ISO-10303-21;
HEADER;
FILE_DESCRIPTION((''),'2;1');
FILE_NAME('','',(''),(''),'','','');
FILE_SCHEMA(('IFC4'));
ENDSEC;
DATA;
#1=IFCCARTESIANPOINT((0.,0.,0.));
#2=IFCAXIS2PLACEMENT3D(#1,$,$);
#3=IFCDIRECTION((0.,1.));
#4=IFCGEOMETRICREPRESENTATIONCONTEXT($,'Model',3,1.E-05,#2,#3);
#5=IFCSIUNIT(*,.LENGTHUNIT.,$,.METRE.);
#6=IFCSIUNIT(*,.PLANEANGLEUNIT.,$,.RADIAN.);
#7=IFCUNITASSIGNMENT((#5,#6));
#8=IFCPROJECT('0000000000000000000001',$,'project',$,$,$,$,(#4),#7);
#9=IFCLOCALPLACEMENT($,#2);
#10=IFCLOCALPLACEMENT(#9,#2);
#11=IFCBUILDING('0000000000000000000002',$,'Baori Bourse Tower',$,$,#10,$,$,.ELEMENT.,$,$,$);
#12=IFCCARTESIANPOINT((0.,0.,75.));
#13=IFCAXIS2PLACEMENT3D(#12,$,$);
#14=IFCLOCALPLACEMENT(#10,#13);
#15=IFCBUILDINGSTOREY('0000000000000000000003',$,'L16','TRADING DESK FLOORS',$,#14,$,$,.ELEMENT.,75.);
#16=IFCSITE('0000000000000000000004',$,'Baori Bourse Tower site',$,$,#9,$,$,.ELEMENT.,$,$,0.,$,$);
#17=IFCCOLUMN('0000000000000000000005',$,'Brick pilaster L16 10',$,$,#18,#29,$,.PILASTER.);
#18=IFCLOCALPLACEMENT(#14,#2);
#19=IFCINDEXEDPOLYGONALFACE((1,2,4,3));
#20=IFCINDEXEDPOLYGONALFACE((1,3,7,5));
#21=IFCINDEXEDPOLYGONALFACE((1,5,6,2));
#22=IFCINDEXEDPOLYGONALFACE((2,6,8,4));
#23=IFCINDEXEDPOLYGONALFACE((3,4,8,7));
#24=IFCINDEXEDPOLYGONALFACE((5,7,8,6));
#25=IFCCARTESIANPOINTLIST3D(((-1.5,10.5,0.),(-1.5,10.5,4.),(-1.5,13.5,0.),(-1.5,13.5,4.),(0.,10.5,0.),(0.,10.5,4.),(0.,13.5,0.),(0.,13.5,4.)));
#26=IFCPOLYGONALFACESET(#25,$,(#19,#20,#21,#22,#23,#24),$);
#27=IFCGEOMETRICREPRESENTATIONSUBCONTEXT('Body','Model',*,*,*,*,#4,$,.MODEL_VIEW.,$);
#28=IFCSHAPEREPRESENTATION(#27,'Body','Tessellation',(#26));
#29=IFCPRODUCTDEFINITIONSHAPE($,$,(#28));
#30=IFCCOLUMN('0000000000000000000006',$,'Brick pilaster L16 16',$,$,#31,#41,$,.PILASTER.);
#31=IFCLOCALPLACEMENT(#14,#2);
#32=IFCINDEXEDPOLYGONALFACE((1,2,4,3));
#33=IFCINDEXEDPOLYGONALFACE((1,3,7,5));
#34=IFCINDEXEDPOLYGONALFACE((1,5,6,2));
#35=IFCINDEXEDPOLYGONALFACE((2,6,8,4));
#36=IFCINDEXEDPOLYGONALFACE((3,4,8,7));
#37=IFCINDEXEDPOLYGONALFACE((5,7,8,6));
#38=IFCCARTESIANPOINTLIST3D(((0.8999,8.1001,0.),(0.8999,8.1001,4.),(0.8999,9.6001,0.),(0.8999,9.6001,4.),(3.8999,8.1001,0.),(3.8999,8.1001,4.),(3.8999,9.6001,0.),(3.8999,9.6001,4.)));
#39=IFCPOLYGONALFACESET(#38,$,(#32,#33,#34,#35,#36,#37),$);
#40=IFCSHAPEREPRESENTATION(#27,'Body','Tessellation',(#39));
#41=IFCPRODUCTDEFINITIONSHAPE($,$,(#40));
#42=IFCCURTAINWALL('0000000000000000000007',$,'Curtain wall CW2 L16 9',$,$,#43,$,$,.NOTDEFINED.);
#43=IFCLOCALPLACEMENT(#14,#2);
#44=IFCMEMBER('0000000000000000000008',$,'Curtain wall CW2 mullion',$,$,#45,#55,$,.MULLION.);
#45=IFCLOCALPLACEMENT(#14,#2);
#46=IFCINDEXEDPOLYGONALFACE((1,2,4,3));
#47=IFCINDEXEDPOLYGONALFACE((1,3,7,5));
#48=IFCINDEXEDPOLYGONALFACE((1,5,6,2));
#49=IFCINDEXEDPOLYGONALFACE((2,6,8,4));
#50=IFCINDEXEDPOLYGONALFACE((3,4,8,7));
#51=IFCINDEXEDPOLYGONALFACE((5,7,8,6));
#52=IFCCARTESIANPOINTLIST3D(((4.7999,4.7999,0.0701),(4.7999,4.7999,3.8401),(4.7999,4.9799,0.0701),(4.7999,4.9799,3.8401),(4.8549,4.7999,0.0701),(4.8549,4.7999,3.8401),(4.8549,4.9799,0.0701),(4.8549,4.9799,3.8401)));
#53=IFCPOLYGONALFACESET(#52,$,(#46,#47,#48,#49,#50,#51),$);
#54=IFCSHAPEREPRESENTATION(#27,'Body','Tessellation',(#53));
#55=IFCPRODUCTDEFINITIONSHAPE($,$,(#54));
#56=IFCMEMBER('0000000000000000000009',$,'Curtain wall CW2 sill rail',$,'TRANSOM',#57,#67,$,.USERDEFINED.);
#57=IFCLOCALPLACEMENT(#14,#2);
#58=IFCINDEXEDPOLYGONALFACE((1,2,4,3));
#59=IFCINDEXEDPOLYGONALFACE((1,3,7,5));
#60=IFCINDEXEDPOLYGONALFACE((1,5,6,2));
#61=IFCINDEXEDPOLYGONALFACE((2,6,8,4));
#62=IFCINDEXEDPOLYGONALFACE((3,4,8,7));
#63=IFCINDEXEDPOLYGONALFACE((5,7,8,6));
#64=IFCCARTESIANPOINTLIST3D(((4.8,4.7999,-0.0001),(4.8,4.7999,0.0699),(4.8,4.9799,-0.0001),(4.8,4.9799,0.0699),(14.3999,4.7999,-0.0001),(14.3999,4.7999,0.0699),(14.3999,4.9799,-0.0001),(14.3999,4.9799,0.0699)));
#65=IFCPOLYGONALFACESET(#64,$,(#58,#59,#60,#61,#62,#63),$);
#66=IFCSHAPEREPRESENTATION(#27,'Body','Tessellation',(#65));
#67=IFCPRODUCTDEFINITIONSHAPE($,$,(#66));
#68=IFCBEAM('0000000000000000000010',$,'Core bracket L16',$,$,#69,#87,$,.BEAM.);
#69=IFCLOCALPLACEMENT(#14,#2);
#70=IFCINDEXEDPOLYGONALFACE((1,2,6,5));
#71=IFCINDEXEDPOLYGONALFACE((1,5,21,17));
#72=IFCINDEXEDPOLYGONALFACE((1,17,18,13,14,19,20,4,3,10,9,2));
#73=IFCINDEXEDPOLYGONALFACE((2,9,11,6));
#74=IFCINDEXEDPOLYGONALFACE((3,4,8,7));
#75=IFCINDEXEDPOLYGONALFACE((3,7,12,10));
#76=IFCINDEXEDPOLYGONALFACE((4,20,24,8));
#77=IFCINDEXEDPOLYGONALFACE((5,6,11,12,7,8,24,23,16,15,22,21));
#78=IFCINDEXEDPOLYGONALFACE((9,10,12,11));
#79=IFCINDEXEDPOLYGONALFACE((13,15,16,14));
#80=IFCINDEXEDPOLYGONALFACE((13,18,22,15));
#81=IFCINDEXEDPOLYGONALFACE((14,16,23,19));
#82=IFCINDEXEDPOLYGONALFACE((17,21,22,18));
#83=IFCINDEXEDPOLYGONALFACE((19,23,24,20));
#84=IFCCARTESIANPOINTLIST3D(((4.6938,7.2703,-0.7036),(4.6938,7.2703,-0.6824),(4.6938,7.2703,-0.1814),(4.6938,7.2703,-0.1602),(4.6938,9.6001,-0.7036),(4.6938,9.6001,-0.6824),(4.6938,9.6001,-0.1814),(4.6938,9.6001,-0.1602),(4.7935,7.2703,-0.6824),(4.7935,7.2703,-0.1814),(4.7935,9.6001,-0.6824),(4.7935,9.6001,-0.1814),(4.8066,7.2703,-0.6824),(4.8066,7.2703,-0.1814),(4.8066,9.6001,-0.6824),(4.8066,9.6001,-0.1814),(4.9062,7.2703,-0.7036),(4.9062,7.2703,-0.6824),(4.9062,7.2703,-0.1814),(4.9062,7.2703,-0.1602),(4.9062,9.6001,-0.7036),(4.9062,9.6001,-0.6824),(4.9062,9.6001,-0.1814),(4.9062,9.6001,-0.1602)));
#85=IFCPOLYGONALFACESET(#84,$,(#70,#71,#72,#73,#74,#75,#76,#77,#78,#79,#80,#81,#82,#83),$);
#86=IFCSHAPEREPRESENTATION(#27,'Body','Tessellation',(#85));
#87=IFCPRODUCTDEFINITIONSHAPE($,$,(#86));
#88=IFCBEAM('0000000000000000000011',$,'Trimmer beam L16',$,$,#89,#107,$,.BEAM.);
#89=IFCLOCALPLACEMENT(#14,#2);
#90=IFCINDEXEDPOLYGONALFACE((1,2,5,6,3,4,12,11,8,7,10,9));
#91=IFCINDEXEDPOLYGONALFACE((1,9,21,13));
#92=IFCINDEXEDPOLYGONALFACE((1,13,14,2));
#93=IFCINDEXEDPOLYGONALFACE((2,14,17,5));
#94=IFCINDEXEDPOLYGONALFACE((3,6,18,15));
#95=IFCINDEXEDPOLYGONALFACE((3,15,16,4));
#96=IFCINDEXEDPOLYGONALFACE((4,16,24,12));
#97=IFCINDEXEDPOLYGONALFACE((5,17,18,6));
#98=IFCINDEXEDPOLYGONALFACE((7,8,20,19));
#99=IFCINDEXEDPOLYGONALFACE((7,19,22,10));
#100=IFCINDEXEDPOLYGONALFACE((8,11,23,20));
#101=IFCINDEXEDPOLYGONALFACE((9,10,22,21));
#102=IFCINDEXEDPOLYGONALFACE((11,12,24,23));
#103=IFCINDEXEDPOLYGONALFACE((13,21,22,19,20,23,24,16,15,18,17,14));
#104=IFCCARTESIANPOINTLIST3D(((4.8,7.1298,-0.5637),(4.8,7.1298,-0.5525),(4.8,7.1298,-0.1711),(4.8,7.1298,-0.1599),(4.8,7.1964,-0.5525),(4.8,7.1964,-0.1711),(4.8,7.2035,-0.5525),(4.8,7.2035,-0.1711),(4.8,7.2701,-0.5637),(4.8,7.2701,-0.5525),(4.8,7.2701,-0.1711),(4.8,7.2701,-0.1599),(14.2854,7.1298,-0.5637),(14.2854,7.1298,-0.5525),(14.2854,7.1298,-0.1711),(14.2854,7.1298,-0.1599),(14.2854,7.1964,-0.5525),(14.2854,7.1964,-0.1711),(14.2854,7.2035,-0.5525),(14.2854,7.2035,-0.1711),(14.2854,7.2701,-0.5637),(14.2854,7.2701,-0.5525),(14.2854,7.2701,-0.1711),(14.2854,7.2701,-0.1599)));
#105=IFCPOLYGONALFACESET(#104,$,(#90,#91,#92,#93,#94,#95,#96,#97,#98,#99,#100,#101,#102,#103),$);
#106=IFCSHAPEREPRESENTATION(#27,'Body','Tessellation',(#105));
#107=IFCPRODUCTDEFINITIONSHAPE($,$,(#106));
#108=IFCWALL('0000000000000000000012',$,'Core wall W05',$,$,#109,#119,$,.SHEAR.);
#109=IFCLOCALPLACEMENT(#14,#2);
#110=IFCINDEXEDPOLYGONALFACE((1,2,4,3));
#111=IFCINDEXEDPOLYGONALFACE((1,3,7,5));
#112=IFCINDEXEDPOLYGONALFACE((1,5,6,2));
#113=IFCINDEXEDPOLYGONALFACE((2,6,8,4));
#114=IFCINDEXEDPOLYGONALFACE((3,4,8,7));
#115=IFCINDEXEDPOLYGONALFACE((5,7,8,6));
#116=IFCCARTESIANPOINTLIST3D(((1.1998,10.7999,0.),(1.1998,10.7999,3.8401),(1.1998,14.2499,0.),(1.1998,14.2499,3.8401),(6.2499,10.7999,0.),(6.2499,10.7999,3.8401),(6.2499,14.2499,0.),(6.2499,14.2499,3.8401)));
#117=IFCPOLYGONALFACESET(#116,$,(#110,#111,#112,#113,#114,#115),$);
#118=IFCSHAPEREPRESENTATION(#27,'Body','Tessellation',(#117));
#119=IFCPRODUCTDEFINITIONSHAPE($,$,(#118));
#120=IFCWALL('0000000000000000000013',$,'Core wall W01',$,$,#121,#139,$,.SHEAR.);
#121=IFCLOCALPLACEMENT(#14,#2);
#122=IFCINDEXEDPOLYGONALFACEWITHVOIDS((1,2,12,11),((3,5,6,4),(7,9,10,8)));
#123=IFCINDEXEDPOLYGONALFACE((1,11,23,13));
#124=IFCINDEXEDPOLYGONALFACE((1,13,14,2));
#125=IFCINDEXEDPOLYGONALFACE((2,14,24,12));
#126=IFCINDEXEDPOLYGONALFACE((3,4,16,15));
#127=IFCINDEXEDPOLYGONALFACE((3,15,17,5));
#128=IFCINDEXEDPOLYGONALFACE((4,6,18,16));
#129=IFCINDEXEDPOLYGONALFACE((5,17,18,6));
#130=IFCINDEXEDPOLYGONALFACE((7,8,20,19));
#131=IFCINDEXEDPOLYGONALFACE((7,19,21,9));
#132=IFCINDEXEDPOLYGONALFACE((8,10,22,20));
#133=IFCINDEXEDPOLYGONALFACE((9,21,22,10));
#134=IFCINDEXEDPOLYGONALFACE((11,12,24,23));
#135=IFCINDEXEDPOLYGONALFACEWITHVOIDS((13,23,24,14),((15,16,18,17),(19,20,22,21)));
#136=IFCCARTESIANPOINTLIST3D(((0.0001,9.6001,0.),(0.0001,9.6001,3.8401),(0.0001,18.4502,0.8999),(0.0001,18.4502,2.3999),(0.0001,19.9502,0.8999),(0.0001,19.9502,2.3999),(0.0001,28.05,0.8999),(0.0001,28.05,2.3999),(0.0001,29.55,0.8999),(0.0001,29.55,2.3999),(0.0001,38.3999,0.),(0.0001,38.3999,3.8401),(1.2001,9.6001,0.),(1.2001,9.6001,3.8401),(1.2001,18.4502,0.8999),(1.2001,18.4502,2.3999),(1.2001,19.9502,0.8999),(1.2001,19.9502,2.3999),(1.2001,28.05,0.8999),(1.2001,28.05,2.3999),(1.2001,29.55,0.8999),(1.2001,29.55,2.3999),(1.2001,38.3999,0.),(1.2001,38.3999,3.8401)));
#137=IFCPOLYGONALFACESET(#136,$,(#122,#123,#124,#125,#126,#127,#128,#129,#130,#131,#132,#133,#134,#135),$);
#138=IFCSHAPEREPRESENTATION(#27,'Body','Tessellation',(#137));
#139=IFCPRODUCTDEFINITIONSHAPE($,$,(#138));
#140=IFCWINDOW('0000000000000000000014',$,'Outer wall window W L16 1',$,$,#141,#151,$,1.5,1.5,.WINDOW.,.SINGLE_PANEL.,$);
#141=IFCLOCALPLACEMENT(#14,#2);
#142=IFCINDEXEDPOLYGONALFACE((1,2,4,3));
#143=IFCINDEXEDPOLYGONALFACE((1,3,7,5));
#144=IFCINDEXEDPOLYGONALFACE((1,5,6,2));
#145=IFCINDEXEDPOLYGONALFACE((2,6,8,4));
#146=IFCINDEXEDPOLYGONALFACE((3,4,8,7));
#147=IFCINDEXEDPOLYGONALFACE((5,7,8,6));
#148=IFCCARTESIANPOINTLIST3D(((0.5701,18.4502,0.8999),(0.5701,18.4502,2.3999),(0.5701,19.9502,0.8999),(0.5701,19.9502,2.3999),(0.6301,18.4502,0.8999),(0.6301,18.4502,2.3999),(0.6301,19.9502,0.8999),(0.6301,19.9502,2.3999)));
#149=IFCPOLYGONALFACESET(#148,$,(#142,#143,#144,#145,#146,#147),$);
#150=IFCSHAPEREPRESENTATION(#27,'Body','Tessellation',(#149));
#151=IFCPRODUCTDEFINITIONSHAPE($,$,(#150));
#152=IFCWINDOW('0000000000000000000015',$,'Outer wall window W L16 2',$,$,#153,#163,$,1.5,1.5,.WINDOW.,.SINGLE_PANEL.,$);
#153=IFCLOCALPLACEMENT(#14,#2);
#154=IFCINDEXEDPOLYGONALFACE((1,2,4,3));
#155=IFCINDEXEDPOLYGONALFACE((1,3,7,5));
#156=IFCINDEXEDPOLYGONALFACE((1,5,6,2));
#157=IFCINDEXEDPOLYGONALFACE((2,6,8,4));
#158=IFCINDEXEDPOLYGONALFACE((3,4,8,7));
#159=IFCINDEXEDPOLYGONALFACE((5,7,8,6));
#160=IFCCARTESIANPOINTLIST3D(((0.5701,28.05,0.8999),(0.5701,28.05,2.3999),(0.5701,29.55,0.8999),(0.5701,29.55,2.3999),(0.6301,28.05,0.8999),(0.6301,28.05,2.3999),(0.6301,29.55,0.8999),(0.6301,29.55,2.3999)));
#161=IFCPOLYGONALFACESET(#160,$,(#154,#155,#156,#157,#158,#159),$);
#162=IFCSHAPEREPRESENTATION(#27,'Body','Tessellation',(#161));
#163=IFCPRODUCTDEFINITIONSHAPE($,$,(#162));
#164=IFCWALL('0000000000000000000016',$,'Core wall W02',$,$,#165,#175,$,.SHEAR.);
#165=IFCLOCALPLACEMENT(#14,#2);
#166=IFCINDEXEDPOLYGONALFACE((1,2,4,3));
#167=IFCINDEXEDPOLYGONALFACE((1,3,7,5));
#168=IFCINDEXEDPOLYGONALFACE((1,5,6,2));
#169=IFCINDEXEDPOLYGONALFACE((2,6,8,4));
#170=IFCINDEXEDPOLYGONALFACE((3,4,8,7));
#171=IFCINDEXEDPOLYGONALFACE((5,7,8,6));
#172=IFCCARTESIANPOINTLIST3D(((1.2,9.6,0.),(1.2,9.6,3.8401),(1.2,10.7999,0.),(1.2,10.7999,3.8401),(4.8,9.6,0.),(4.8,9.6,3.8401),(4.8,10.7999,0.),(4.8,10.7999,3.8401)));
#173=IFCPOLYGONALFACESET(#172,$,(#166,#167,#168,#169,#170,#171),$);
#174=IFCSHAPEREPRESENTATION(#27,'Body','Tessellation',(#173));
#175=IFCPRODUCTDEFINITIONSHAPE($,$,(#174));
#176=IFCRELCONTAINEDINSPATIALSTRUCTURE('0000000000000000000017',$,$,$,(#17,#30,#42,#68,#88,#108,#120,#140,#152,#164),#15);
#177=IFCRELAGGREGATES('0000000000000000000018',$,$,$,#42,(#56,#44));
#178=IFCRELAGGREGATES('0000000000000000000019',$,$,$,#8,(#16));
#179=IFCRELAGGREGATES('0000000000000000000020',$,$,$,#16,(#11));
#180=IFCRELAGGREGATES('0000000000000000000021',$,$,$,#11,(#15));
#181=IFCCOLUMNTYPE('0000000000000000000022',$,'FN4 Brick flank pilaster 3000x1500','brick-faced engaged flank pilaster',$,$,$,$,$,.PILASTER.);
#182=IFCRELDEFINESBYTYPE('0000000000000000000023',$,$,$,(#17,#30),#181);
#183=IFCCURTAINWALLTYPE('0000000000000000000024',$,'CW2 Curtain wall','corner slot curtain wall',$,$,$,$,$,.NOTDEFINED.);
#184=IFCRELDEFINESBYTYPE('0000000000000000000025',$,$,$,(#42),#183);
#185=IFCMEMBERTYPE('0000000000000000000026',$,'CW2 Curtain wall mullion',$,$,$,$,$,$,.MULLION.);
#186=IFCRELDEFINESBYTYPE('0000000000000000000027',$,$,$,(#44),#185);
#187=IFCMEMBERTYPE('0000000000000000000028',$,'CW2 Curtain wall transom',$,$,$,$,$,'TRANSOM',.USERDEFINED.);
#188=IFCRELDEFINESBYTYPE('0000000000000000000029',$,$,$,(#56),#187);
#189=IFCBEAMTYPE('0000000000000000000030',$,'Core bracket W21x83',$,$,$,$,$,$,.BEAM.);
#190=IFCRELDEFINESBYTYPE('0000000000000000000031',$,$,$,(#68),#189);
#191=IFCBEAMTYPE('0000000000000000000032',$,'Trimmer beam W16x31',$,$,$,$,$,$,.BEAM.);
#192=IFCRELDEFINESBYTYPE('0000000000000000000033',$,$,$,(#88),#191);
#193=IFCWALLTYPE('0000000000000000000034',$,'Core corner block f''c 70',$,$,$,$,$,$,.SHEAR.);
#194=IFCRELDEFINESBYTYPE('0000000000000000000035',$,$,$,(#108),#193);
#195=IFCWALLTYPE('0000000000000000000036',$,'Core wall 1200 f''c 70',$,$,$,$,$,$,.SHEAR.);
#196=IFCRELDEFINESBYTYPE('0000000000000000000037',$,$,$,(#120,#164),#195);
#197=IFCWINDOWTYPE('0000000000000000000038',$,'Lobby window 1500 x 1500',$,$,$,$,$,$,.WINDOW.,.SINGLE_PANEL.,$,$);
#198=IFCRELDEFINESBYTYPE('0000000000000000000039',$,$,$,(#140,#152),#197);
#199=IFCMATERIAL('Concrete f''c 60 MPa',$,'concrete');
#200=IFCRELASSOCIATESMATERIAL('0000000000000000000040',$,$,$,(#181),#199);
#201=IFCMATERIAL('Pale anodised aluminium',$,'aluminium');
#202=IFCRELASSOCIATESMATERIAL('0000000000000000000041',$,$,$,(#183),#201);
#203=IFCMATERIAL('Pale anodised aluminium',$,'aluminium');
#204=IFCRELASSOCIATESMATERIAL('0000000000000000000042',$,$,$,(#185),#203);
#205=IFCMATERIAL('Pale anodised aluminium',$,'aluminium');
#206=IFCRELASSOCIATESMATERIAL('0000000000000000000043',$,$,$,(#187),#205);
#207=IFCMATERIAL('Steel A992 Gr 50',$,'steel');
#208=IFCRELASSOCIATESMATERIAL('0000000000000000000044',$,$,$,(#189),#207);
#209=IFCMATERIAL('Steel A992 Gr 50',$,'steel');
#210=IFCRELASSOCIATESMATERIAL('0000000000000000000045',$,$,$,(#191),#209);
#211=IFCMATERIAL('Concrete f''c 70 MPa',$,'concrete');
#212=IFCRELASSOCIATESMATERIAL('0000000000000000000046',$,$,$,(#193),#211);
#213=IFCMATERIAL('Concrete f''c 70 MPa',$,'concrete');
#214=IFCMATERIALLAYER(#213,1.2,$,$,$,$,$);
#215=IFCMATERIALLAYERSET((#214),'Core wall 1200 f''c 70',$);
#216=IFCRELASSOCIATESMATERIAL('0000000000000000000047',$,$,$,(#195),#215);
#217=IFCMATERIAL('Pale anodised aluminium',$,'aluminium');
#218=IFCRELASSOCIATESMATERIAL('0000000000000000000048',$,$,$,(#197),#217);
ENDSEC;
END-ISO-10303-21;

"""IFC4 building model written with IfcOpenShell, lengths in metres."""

from ifc_helpers import new_model, si_unit, direction, frame, frame_2d, origin, origin_2d, place, context, subcontext, project, spatial, rectangle, i_section, extrude, material, layer, layer_set, material_profile, profile_set, type_object, element, fill, aggregate, save


model = new_model("IFC4")

# Units and contexts
model_context = context("Model", 3, precision=1e-05, world=origin(), true_north=direction((0.0, 1.0)))
body_context = subcontext(model_context, "Body", "Model", "MODEL_VIEW")
ifc_project = project(units=[si_unit("LENGTHUNIT", "METRE"), si_unit("PLANEANGLEUNIT", "RADIAN")], contexts=[model_context])

# Site, building, storey
site_placement = place(None, origin())
site = spatial("IfcSite", under=ifc_project, at=site_placement, Name="Baori Bourse Tower site", CompositionType="ELEMENT", RefElevation=0.0)
building_placement = place(site_placement, origin())
building = spatial("IfcBuilding", under=site, at=building_placement, Name="Baori Bourse Tower", CompositionType="ELEMENT")
storey_placement = place(building_placement, frame((0.0, 0.0, 75.0)))
storey = spatial("IfcBuildingStorey", under=building, at=storey_placement, Name="L16", Description="TRADING DESK FLOORS", CompositionType="ELEMENT", Elevation=75.0)

# Columns
ifc_material_1 = material(Name="Concrete f'c 60 MPa", Category="concrete")
ifc_material_profile_1 = material_profile(ifc_material_1, rectangle(XDim=3.0, YDim=1.5, at=origin_2d()), Name="RC 3000x1500")
ifc_profile_set_1 = profile_set([ifc_material_profile_1], Name="Concrete f'c 60 MPa")
column_type = type_object("IfcColumnType", Name="FN4 Brick flank pilaster 3000x1500", Description="brick-faced engaged flank pilaster", PredefinedType="PILASTER", material=ifc_profile_set_1)
for number, where, z_axis, x_axis, name in (
    (1, (-0.75, 12.0, 0.0), (0.0, 0.0, 1.0), (0.0, 1.0, 0.0), "Brick pilaster L16 10"),
    (2, (2.3999, 8.8501, 0.0), (0.0, 0.0, 1.0), (1.0, 0.0, 0.0), "Brick pilaster L16 16"),
):
    element("IfcColumn", number, at=place(storey_placement, frame(where, z_axis=z_axis, x_axis=x_axis)), inside=storey, type_object=column_type, Name=name, PredefinedType="PILASTER", context=body_context, shape_type="SweptSolid", body=[
        extrude(rectangle(XDim=3.0, YDim=1.5, at=origin_2d()), origin(), (0.0, 0.0, 1.0), 4.0),
    ])

# Curtain wall, members
ifc_material_2 = material(Name="Pale anodised aluminium", Category="aluminium")
curtain_wall_type = type_object("IfcCurtainWallType", Name="CW2 Curtain wall", Description="corner slot curtain wall", PredefinedType="NOTDEFINED", material=ifc_material_2)
curtain_wall_placement = place(storey_placement, origin())
curtain_wall = element("IfcCurtainWall", 3, at=curtain_wall_placement, inside=storey, type_object=curtain_wall_type, Name="Curtain wall CW2 L16 9", PredefinedType="NOTDEFINED")
ifc_material_3 = material(Name="Pale anodised aluminium", Category="aluminium")
ifc_material_profile_2 = material_profile(ifc_material_3, rectangle(XDim=0.1799, YDim=0.0549, at=origin_2d()), Name="Mullion 55x180")
ifc_profile_set_2 = profile_set([ifc_material_profile_2], Name="Pale anodised aluminium")
member_type_1 = type_object("IfcMemberType", Name="CW2 Curtain wall mullion", PredefinedType="MULLION", material=ifc_profile_set_2)
member_1_placement = place(storey_placement, frame((4.8274, 4.8899, 0.0701), z_axis=(0.0, 0.0, 1.0), x_axis=(0.0, 1.0, 0.0)))
member_1 = element("IfcMember", 4, at=member_1_placement, type_object=member_type_1, Name="Curtain wall CW2 mullion", PredefinedType="MULLION", context=body_context, shape_type="SweptSolid", body=[
    extrude(rectangle(XDim=0.1799, YDim=0.0549, at=origin_2d()), origin(), (0.0, 0.0, 1.0), 3.77),
])
ifc_material_4 = material(Name="Pale anodised aluminium", Category="aluminium")
ifc_material_profile_3 = material_profile(ifc_material_4, rectangle(XDim=0.1799, YDim=0.0701, at=origin_2d()), Name="Transom 70x180")
ifc_profile_set_3 = profile_set([ifc_material_profile_3], Name="Pale anodised aluminium")
member_type_2 = type_object("IfcMemberType", Name="CW2 Curtain wall transom", ElementType="TRANSOM", PredefinedType="USERDEFINED", material=ifc_profile_set_3)
member_2_placement = place(storey_placement, frame((4.8, 4.8899, 0.0349), z_axis=(1.0, 0.0, 0.0), x_axis=(0.0, 1.0, 0.0)))
member_2 = element("IfcMember", 5, at=member_2_placement, type_object=member_type_2, Name="Curtain wall CW2 sill rail", ObjectType="TRANSOM", PredefinedType="USERDEFINED", context=body_context, shape_type="SweptSolid", body=[
    extrude(rectangle(XDim=0.1799, YDim=0.0701, at=origin_2d()), origin(), (0.0, 0.0, 1.0), 9.5999),
])
aggregate(curtain_wall, [member_2, member_1])

# Beams
ifc_material_5 = material(Name="Steel A992 Gr 50", Category="steel")
ifc_material_profile_4 = material_profile(ifc_material_5, i_section(OverallWidth=0.2124, OverallDepth=0.5435, WebThickness=0.0132, FlangeThickness=0.0212, at=origin_2d()), Name="W21x83")
ifc_profile_set_4 = profile_set([ifc_material_profile_4], Name="Steel A992 Gr 50")
beam_type_1 = type_object("IfcBeamType", Name="Core bracket W21x83", PredefinedType="BEAM", material=ifc_profile_set_4)
beam_1_placement = place(storey_placement, frame((4.8, 7.2703, -0.4319), z_axis=(0.0, 1.0, 0.0), x_axis=(-1.0, 0.0, 0.0)))
element("IfcBeam", 6, at=beam_1_placement, inside=storey, type_object=beam_type_1, Name="Core bracket L16", PredefinedType="BEAM", context=body_context, shape_type="SweptSolid", body=[
    extrude(i_section(OverallWidth=0.2124, OverallDepth=0.5435, WebThickness=0.0132, FlangeThickness=0.0212, at=origin_2d()), origin(), (0.0, 0.0, 1.0), 2.3298),
])
ifc_material_6 = material(Name="Steel A992 Gr 50", Category="steel")
ifc_material_profile_5 = material_profile(ifc_material_6, i_section(OverallWidth=0.1404, OverallDepth=0.4038, WebThickness=0.0071, FlangeThickness=0.0112, at=origin_2d()), Name="W16x31")
ifc_profile_set_5 = profile_set([ifc_material_profile_5], Name="Steel A992 Gr 50")
beam_type_2 = type_object("IfcBeamType", Name="Trimmer beam W16x31", PredefinedType="BEAM", material=ifc_profile_set_5)
beam_2_placement = place(storey_placement, frame((4.8, 7.2, -0.3618), z_axis=(1.0, 0.0, 0.0), x_axis=(0.0, 1.0, 0.0)))
element("IfcBeam", 7, at=beam_2_placement, inside=storey, type_object=beam_type_2, Name="Trimmer beam L16", PredefinedType="BEAM", context=body_context, shape_type="SweptSolid", body=[
    extrude(i_section(OverallWidth=0.1404, OverallDepth=0.4038, WebThickness=0.0071, FlangeThickness=0.0112, at=origin_2d()), origin(), (0.0, 0.0, 1.0), 9.4854),
])

# Wall
ifc_material_7 = material(Name="Concrete f'c 70 MPa", Category="concrete")
wall_type_1 = type_object("IfcWallType", Name="Core corner block f'c 70", PredefinedType="SHEAR", material=ifc_material_7)
wall_1_placement = place(storey_placement, frame((1.2, 12.5249, 0.0), z_axis=(0.0, 0.0, 1.0), x_axis=(1.0, 0.0, 0.0)))
element("IfcWall", 8, at=wall_1_placement, inside=storey, type_object=wall_type_1, Name="Core wall W05", PredefinedType="SHEAR", context=body_context, shape_type="SweptSolid", body=[
    extrude(rectangle(XDim=5.05, YDim=3.45, at=frame_2d((2.5249, 0.0))), origin(), (0.0, 0.0, 1.0), 3.8401),
])

# Wall, openings, windows
ifc_material_8 = material(Name="Concrete f'c 70 MPa", Category="concrete")
ifc_layer_1 = layer(ifc_material_8, 1.2)
ifc_layer_set_1 = layer_set([ifc_layer_1], Name="Core wall 1200 f'c 70")
wall_type_2 = type_object("IfcWallType", Name="Core wall 1200 f'c 70", PredefinedType="SHEAR", material=ifc_layer_set_1)
wall_2_placement = place(storey_placement, frame((0.6001, 9.6001, 0.0), z_axis=(0.0, 0.0, 1.0), x_axis=(0.0, 1.0, 0.0)))
wall_2 = element("IfcWall", 9, at=wall_2_placement, inside=storey, type_object=wall_type_2, Name="Core wall W01", PredefinedType="SHEAR", context=body_context, shape_type="SweptSolid", body=[
    extrude(rectangle(XDim=28.7998, YDim=1.2, at=frame_2d((14.3999, 0.0))), origin(), (0.0, 0.0, 1.0), 3.8401),
])
opening_1_placement = place(wall_2_placement, frame((8.8501, 0.0, 0.8999)))
opening_1 = element("IfcOpeningElement", 10, at=opening_1_placement, cuts=wall_2, PredefinedType="OPENING", context=body_context, shape_type="SweptSolid", body=[
    extrude(rectangle(XDim=1.5, YDim=1.5, at=frame_2d((0.75, 0.75))), frame((0.0, 0.6099, 0.0), z_axis=(0.0, -1.0, 0.0), x_axis=(1.0, 0.0, 0.0)), (0.0, 0.0, 1.0), 1.22),
])
opening_2_placement = place(wall_2_placement, frame((18.45, 0.0, 0.8999)))
opening_2 = element("IfcOpeningElement", 11, at=opening_2_placement, cuts=wall_2, PredefinedType="OPENING", context=body_context, shape_type="SweptSolid", body=[
    extrude(rectangle(XDim=1.5, YDim=1.5, at=frame_2d((0.75, 0.75))), frame((0.0, 0.6099, 0.0), z_axis=(0.0, -1.0, 0.0), x_axis=(1.0, 0.0, 0.0)), (0.0, 0.0, 1.0), 1.22),
])
ifc_material_9 = material(Name="Pale anodised aluminium", Category="aluminium")
window_type = type_object("IfcWindowType", Name="Lobby window 1500 x 1500", PartitioningType="SINGLE_PANEL", PredefinedType="WINDOW", material=ifc_material_9)
window_1_placement = place(opening_1_placement, origin())
window_1 = element("IfcWindow", 12, at=window_1_placement, inside=storey, type_object=window_type, Name="Outer wall window W L16 1", OverallHeight=1.5, OverallWidth=1.5, PartitioningType="SINGLE_PANEL", PredefinedType="WINDOW", context=body_context, shape_type="SweptSolid", body=[
    extrude(rectangle(XDim=1.5, YDim=1.5, at=frame_2d((0.75, 0.75))), frame((0.0, 0.03, 0.0), z_axis=(0.0, -1.0, 0.0), x_axis=(1.0, 0.0, 0.0)), (0.0, 0.0, 1.0), 0.0601),
])
fill(opening_1, window_1)
window_2_placement = place(opening_2_placement, origin())
window_2 = element("IfcWindow", 13, at=window_2_placement, inside=storey, type_object=window_type, Name="Outer wall window W L16 2", OverallHeight=1.5, OverallWidth=1.5, PartitioningType="SINGLE_PANEL", PredefinedType="WINDOW", context=body_context, shape_type="SweptSolid", body=[
    extrude(rectangle(XDim=1.5, YDim=1.5, at=frame_2d((0.75, 0.75))), frame((0.0, 0.03, 0.0), z_axis=(0.0, -1.0, 0.0), x_axis=(1.0, 0.0, 0.0)), (0.0, 0.0, 1.0), 0.0601),
])
fill(opening_2, window_2)

# Wall
wall_3_placement = place(storey_placement, frame((4.8, 10.2, 0.0), z_axis=(0.0, 0.0, 1.0), x_axis=(-1.0, 0.0, 0.0)))
element("IfcWall", 14, at=wall_3_placement, inside=storey, type_object=wall_type_2, Name="Core wall W02", PredefinedType="SHEAR", context=body_context, shape_type="SweptSolid", body=[
    extrude(rectangle(XDim=3.6001, YDim=1.2, at=frame_2d((1.8, 0.0))), origin(), (0.0, 0.0, 1.0), 3.8401),
])

save(model, "model.ifc")
